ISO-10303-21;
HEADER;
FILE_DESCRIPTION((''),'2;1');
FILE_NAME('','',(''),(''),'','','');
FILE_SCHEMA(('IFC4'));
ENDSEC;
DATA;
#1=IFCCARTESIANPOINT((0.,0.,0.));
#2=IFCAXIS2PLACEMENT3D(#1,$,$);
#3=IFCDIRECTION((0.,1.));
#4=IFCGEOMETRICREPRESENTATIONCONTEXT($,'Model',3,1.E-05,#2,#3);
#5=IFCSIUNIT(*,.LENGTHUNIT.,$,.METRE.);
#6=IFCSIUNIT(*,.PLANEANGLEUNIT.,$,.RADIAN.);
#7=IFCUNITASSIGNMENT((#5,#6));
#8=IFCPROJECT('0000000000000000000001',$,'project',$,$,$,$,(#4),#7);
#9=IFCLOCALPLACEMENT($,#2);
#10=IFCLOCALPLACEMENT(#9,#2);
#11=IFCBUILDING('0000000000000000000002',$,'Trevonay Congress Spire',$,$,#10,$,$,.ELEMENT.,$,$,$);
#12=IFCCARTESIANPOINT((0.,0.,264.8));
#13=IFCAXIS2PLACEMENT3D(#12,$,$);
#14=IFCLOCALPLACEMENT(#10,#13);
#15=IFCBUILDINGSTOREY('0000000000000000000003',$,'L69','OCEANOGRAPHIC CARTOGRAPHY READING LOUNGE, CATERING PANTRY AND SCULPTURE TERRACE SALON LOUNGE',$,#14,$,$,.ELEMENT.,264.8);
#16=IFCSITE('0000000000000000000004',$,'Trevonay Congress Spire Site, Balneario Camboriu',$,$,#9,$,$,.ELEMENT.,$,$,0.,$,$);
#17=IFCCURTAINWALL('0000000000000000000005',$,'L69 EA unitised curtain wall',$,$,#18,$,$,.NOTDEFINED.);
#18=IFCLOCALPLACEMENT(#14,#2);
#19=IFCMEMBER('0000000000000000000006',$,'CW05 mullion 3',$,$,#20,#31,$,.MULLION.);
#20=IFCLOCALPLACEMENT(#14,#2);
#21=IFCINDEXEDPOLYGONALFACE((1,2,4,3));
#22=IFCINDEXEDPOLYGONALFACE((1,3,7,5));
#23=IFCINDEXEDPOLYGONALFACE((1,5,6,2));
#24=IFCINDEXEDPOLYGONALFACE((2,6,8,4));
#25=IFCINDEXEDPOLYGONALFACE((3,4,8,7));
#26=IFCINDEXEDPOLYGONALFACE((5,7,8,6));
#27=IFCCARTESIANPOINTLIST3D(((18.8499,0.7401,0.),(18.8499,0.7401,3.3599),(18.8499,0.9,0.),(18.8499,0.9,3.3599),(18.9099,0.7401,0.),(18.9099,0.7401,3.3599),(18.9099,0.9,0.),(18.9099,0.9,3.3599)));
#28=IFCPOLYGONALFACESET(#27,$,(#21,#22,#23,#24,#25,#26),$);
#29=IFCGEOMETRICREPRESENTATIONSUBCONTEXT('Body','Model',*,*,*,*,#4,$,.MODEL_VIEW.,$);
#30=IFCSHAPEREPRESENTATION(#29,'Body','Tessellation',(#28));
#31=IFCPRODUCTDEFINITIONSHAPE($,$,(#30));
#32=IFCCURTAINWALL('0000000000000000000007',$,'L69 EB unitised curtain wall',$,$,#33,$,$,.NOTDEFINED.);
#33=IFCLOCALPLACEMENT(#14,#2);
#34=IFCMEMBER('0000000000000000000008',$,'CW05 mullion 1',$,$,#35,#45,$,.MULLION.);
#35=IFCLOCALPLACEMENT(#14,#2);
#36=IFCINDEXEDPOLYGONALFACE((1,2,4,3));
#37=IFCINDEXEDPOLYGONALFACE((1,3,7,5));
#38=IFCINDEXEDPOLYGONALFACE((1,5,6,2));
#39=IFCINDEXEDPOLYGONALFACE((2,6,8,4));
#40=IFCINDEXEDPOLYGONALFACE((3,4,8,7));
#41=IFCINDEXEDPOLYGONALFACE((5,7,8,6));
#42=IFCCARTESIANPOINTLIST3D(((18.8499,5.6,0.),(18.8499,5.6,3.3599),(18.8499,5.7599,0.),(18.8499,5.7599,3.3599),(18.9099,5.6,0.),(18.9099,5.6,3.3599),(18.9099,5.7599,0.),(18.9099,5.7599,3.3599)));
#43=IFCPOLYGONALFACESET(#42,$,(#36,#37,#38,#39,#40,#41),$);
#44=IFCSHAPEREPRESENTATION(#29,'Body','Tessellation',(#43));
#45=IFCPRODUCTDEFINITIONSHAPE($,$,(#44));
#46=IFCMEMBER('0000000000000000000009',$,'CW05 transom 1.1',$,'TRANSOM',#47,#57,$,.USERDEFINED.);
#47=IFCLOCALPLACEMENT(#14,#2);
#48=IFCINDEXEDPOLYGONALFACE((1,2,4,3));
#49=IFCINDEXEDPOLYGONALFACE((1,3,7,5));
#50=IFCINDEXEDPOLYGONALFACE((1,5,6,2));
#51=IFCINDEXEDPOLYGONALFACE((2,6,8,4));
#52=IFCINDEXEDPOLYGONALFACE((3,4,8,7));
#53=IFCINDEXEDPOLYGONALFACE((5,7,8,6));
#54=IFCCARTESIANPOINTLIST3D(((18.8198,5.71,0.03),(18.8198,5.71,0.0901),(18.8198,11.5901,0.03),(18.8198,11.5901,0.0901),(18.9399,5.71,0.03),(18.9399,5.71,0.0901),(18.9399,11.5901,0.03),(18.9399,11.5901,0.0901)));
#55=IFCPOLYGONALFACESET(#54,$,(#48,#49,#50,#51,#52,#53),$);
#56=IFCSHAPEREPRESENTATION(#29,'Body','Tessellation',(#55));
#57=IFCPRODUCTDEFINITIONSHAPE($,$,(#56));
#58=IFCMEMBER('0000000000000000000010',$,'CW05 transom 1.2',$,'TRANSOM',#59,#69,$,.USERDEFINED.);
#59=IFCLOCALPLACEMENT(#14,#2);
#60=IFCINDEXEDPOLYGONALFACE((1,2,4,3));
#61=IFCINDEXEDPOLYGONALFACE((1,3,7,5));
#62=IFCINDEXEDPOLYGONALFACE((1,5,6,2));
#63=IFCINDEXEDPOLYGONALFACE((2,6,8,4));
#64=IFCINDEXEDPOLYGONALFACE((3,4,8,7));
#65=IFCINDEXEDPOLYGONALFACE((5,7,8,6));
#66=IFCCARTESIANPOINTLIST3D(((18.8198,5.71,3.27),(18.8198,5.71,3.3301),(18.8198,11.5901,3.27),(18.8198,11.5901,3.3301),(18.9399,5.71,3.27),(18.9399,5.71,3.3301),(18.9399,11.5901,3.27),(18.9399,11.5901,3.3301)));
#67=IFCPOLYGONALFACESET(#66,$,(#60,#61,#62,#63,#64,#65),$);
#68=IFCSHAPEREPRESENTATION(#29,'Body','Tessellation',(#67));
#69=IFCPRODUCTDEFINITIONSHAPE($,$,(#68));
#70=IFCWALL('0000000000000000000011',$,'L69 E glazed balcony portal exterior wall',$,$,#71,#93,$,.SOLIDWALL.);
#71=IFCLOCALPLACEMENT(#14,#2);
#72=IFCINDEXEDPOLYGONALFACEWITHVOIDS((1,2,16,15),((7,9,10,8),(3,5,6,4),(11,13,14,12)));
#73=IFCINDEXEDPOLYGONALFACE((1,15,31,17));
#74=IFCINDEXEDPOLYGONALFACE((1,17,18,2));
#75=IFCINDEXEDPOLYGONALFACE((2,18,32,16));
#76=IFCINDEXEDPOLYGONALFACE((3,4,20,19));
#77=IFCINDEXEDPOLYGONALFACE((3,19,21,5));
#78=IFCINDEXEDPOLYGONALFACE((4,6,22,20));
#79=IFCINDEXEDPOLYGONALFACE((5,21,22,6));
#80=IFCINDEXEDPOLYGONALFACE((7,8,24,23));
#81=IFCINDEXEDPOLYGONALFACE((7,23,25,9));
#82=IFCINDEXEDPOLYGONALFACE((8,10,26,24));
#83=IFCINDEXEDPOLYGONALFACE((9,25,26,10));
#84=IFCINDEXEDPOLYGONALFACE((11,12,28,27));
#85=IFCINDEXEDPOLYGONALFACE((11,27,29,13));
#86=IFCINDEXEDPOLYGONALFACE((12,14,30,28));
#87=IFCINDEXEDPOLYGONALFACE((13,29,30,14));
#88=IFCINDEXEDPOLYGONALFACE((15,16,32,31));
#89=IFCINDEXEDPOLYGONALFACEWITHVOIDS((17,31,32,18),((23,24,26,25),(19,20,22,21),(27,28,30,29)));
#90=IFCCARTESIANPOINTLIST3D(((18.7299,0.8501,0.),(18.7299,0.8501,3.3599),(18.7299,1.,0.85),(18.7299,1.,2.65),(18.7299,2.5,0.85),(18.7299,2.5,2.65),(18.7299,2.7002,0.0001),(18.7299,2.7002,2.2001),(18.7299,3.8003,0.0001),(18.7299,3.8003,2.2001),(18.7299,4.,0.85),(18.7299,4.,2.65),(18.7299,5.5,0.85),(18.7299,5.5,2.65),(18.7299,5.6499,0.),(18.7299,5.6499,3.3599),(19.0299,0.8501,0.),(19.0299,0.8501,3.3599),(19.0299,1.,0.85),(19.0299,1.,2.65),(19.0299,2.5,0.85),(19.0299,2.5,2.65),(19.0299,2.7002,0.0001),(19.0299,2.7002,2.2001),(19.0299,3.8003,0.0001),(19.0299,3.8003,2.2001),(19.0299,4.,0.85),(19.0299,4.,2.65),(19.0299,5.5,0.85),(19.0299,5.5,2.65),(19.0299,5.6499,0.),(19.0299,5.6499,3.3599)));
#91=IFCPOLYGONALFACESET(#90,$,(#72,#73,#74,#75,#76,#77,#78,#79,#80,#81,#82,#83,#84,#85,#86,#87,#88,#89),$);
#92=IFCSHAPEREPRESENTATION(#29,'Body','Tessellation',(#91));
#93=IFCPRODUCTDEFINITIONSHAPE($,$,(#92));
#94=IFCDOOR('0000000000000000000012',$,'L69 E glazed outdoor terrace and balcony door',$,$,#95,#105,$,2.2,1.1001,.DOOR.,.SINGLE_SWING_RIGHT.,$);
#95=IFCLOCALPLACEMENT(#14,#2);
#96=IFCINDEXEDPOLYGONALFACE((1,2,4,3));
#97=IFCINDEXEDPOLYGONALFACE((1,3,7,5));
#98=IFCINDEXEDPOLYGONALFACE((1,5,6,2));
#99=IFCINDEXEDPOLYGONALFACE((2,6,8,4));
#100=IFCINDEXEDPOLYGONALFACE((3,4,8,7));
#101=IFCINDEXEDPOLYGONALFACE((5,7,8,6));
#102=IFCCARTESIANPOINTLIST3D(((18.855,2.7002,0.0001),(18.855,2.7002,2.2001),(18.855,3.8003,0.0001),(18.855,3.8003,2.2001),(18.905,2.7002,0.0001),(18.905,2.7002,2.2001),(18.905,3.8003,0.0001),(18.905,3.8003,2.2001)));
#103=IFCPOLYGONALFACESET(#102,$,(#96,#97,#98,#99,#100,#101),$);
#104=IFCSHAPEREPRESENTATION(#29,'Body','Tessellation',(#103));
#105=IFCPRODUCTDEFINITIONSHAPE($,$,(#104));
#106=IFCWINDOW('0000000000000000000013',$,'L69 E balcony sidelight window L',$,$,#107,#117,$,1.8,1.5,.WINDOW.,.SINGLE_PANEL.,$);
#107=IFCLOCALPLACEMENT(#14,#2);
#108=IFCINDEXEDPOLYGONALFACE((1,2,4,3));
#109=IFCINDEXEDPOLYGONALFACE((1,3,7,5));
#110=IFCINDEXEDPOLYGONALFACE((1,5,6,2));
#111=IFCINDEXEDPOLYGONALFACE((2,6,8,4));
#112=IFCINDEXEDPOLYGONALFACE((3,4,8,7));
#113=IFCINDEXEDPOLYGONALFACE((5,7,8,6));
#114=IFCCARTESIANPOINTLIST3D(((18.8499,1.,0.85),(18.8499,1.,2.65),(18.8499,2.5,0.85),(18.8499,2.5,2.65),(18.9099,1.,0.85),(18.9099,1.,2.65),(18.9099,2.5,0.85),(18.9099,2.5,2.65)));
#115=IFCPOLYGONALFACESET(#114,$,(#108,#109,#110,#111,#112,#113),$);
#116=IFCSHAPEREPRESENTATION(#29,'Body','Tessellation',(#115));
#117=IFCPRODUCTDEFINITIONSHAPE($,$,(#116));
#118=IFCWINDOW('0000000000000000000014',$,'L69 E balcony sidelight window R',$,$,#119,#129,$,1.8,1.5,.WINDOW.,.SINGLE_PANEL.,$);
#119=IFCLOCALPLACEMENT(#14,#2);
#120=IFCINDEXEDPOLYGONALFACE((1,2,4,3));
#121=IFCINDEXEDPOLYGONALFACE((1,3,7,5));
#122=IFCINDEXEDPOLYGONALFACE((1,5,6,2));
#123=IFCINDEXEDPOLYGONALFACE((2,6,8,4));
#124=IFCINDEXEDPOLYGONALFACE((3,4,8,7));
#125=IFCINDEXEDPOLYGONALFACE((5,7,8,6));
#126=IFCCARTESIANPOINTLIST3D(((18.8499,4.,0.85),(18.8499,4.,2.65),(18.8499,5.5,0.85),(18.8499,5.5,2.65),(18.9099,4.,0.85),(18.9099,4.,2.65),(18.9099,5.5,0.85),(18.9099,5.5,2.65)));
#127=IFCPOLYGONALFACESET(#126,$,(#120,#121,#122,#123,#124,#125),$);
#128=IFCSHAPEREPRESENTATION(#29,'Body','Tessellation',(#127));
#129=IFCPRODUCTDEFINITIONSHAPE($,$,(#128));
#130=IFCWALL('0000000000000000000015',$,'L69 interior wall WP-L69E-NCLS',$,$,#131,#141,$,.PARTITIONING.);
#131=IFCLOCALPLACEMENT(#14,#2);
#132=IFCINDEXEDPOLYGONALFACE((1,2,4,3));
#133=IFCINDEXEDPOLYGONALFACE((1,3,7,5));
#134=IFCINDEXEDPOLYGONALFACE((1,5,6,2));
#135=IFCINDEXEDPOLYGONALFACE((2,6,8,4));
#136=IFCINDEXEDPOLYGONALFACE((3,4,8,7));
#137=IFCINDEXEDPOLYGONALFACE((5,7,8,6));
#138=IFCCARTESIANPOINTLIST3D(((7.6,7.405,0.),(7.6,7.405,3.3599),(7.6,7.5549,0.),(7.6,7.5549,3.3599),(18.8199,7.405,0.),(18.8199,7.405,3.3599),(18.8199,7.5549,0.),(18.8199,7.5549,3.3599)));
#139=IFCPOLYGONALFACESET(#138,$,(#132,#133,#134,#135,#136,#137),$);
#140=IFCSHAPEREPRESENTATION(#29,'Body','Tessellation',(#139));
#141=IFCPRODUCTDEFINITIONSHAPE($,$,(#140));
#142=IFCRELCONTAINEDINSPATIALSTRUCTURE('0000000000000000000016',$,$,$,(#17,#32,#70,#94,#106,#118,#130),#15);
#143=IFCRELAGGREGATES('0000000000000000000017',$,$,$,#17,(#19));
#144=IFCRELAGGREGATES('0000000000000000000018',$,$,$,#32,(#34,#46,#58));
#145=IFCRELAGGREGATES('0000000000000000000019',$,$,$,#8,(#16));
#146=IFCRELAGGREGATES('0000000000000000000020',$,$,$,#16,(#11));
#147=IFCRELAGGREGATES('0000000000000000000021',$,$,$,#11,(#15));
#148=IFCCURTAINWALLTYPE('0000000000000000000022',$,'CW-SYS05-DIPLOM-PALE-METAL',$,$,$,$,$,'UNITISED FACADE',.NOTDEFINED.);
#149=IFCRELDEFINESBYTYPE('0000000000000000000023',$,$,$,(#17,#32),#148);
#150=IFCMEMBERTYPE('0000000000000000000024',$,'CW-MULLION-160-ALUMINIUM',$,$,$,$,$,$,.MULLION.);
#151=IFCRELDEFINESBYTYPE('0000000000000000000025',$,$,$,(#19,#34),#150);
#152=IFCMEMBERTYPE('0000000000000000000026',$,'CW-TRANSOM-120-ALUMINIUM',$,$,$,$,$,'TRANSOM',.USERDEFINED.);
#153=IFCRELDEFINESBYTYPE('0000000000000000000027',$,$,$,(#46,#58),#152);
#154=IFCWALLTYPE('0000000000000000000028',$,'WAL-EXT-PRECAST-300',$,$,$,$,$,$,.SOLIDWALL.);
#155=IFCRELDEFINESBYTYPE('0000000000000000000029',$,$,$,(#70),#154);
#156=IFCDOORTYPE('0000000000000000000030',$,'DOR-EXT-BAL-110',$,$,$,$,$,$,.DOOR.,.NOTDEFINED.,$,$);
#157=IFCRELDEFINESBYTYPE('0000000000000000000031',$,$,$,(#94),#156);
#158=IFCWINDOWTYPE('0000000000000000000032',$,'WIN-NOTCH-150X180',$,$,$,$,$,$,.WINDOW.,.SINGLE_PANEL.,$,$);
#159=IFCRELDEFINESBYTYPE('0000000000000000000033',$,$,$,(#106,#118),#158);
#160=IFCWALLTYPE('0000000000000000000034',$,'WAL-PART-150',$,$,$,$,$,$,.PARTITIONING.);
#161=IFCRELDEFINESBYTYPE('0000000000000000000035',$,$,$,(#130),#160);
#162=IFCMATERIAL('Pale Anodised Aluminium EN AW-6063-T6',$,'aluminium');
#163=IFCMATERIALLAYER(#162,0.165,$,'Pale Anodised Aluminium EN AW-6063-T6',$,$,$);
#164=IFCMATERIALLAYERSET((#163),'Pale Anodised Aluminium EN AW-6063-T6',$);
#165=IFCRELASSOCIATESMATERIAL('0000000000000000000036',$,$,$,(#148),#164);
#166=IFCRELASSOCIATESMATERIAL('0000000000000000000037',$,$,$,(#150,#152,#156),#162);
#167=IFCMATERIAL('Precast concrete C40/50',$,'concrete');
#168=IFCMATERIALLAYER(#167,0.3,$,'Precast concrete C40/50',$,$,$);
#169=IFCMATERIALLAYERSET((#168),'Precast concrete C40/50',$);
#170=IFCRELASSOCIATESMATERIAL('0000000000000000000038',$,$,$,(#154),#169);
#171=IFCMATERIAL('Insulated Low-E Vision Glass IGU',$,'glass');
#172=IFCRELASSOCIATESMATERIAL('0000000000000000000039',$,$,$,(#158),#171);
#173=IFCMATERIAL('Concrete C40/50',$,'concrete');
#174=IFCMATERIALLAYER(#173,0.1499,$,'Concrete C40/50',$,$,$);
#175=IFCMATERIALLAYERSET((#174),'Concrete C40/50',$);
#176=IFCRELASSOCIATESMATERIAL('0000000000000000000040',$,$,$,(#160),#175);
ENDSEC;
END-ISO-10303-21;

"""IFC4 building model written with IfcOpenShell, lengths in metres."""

from ifc_helpers import new_model, si_unit, direction, frame, frame_2d, origin, origin_2d, place, context, subcontext, project, spatial, rectangle, extrude, material, layer, layer_set, material_profile, profile_set, type_object, element, fill, aggregate, save


model = new_model("IFC4")

# Units and contexts
model_context = context("Model", 3, precision=1e-05, world=origin(), true_north=direction((0.0, 1.0)))
body_context = subcontext(model_context, "Body", "Model", "MODEL_VIEW")
ifc_project = project(units=[si_unit("LENGTHUNIT", "METRE"), si_unit("PLANEANGLEUNIT", "RADIAN")], contexts=[model_context])

# Site, building, storey
site_placement = place(None, origin())
site = spatial("IfcSite", under=ifc_project, at=site_placement, Name="Trevonay Congress Spire Site, Balneario Camboriu", CompositionType="ELEMENT", RefElevation=0.0)
building_placement = place(site_placement, origin())
building = spatial("IfcBuilding", under=site, at=building_placement, Name="Trevonay Congress Spire", CompositionType="ELEMENT")
storey_placement = place(building_placement, frame((0.0, 0.0, 264.8)))
storey = spatial("IfcBuildingStorey", under=building, at=storey_placement, Name="L69", Description="OCEANOGRAPHIC CARTOGRAPHY READING LOUNGE, CATERING PANTRY AND SCULPTURE TERRACE SALON LOUNGE", CompositionType="ELEMENT", Elevation=264.8)

# Curtain wall, member
ifc_material_1 = material(Name="Pale Anodised Aluminium EN AW-6063-T6", Category="aluminium")
ifc_layer_1 = layer(ifc_material_1, 0.165, Name="Pale Anodised Aluminium EN AW-6063-T6")
ifc_layer_set_1 = layer_set([ifc_layer_1], Name="Pale Anodised Aluminium EN AW-6063-T6")
curtain_wall_type = type_object("IfcCurtainWallType", Name="CW-SYS05-DIPLOM-PALE-METAL", ElementType="UNITISED FACADE", PredefinedType="NOTDEFINED", material=ifc_layer_set_1)
curtain_wall_1_placement = place(storey_placement, origin())
curtain_wall_1 = element("IfcCurtainWall", 1, at=curtain_wall_1_placement, inside=storey, type_object=curtain_wall_type, Name="L69 EA unitised curtain wall", PredefinedType="NOTDEFINED")
ifc_material_profile_1 = material_profile(ifc_material_1, rectangle(XDim=0.0601, YDim=0.1599, at=origin_2d()), Name="CW-MULLION-160-ALUMINIUM")
ifc_profile_set_1 = profile_set([ifc_material_profile_1], Name="Pale Anodised Aluminium EN AW-6063-T6")
member_type_1 = type_object("IfcMemberType", Name="CW-MULLION-160-ALUMINIUM", PredefinedType="MULLION", material=ifc_profile_set_1)
member_1_placement = place(storey_placement, frame((18.8799, 0.8201, 0.0), z_axis=(0.0, 0.0, 1.0), x_axis=(-1.0, 0.0, 0.0)))
member_1 = element("IfcMember", 2, at=member_1_placement, type_object=member_type_1, Name="CW05 mullion 3", PredefinedType="MULLION", context=body_context, shape_type="SweptSolid", body=[
    extrude(rectangle(XDim=0.0601, YDim=0.1599, at=origin_2d()), origin(), (0.0, 0.0, 1.0), 3.3599),
])
aggregate(curtain_wall_1, [member_1])

# Curtain wall, members
curtain_wall_2_placement = place(storey_placement, origin())
curtain_wall_2 = element("IfcCurtainWall", 3, at=curtain_wall_2_placement, inside=storey, type_object=curtain_wall_type, Name="L69 EB unitised curtain wall", PredefinedType="NOTDEFINED")
member_2_placement = place(storey_placement, frame((18.8799, 5.6799, 0.0), z_axis=(0.0, 0.0, 1.0), x_axis=(-1.0, 0.0, 0.0)))
member_2 = element("IfcMember", 4, at=member_2_placement, type_object=member_type_1, Name="CW05 mullion 1", PredefinedType="MULLION", context=body_context, shape_type="SweptSolid", body=[
    extrude(rectangle(XDim=0.0601, YDim=0.1599, at=origin_2d()), origin(), (0.0, 0.0, 1.0), 3.3599),
])
ifc_material_profile_2 = material_profile(ifc_material_1, rectangle(XDim=0.1201, YDim=0.0601, at=origin_2d()), Name="CW-TRANSOM-120-ALUMINIUM")
ifc_profile_set_2 = profile_set([ifc_material_profile_2], Name="Pale Anodised Aluminium EN AW-6063-T6")
member_type_2 = type_object("IfcMemberType", Name="CW-TRANSOM-120-ALUMINIUM", ElementType="TRANSOM", PredefinedType="USERDEFINED", material=ifc_profile_set_2)
member_3_placement = place(storey_placement, frame((18.8799, 5.71, 0.0601), z_axis=(0.0, 1.0, 0.0), x_axis=(-1.0, 0.0, 0.0)))
member_3 = element("IfcMember", 5, at=member_3_placement, type_object=member_type_2, Name="CW05 transom 1.1", ObjectType="TRANSOM", PredefinedType="USERDEFINED", context=body_context, shape_type="SweptSolid", body=[
    extrude(rectangle(XDim=0.1201, YDim=0.0601, at=origin_2d()), origin(), (0.0, 0.0, 1.0), 5.8801),
])
member_4_placement = place(storey_placement, frame((18.8799, 5.71, 3.3), z_axis=(0.0, 1.0, 0.0), x_axis=(-1.0, 0.0, 0.0)))
member_4 = element("IfcMember", 6, at=member_4_placement, type_object=member_type_2, Name="CW05 transom 1.2", ObjectType="TRANSOM", PredefinedType="USERDEFINED", context=body_context, shape_type="SweptSolid", body=[
    extrude(rectangle(XDim=0.1201, YDim=0.0601, at=origin_2d()), origin(), (0.0, 0.0, 1.0), 5.8801),
])
aggregate(curtain_wall_2, [member_2, member_3, member_4])

# Wall, openings, door, windows
ifc_material_2 = material(Name="Precast concrete C40/50", Category="concrete")
ifc_layer_2 = layer(ifc_material_2, 0.3, Name="Precast concrete C40/50")
ifc_layer_set_2 = layer_set([ifc_layer_2], Name="Precast concrete C40/50")
wall_type_1 = type_object("IfcWallType", Name="WAL-EXT-PRECAST-300", PredefinedType="SOLIDWALL", material=ifc_layer_set_2)
wall_1_placement = place(storey_placement, frame((18.8799, 0.8501, 0.0), z_axis=(0.0, 0.0, 1.0), x_axis=(0.0, 1.0, 0.0)))
wall_1 = element("IfcWall", 7, at=wall_1_placement, inside=storey, type_object=wall_type_1, Name="L69 E glazed balcony portal exterior wall", PredefinedType="SOLIDWALL", context=body_context, shape_type="SweptSolid", body=[
    extrude(rectangle(XDim=4.7998, YDim=0.3, at=frame_2d((2.3999, 0.0))), origin(), (0.0, 0.0, 1.0), 3.3599),
])
opening_1_placement = place(wall_1_placement, frame((1.8501, 0.0, 0.0)))
opening_1 = element("IfcOpeningElement", 8, at=opening_1_placement, cuts=wall_1, PredefinedType="OPENING", context=body_context, shape_type="SweptSolid", body=[
    extrude(rectangle(XDim=1.1001, YDim=2.2, at=frame_2d((0.55, 1.1001))), frame((0.0, 0.1602, 0.0), z_axis=(0.0, -1.0, 0.0), x_axis=(1.0, 0.0, 0.0)), (0.0, 0.0, 1.0), 0.3201),
])
opening_2_placement = place(wall_1_placement, frame((0.1499, 0.0, 0.8501)))
opening_2 = element("IfcOpeningElement", 9, at=opening_2_placement, cuts=wall_1, PredefinedType="OPENING", context=body_context, shape_type="SweptSolid", body=[
    extrude(rectangle(XDim=1.5, YDim=1.8, at=frame_2d((0.75, 0.8999))), frame((0.0, 0.1602, 0.0), z_axis=(0.0, -1.0, 0.0), x_axis=(1.0, 0.0, 0.0)), (0.0, 0.0, 1.0), 0.3201),
])
opening_3_placement = place(wall_1_placement, frame((3.1499, 0.0, 0.8501)))
opening_3 = element("IfcOpeningElement", 10, at=opening_3_placement, cuts=wall_1, PredefinedType="OPENING", context=body_context, shape_type="SweptSolid", body=[
    extrude(rectangle(XDim=1.5, YDim=1.8, at=frame_2d((0.75, 0.8999))), frame((0.0, 0.1602, 0.0), z_axis=(0.0, -1.0, 0.0), x_axis=(1.0, 0.0, 0.0)), (0.0, 0.0, 1.0), 0.3201),
])
door_type = type_object("IfcDoorType", Name="DOR-EXT-BAL-110", OperationType="NOTDEFINED", PredefinedType="DOOR", material=ifc_material_1)
door_placement = place(opening_1_placement, origin())
door = element("IfcDoor", 11, at=door_placement, inside=storey, type_object=door_type, Name="L69 E glazed outdoor terrace and balcony door", OperationType="SINGLE_SWING_RIGHT", OverallHeight=2.2, OverallWidth=1.1001, PredefinedType="DOOR", context=body_context, shape_type="SweptSolid", body=[
    extrude(rectangle(XDim=1.1001, YDim=2.2, at=frame_2d((0.55, 1.1001))), frame((0.0, 0.0249, 0.0), z_axis=(0.0, -1.0, 0.0), x_axis=(1.0, 0.0, 0.0)), (0.0, 0.0, 1.0), 0.05),
])
fill(opening_1, door)
ifc_material_3 = material(Name="Insulated Low-E Vision Glass IGU", Category="glass")
window_type = type_object("IfcWindowType", Name="WIN-NOTCH-150X180", PartitioningType="SINGLE_PANEL", PredefinedType="WINDOW", material=ifc_material_3)
window_1_placement = place(opening_2_placement, origin())
window_1 = element("IfcWindow", 12, at=window_1_placement, inside=storey, type_object=window_type, Name="L69 E balcony sidelight window L", OverallHeight=1.8, OverallWidth=1.5, PartitioningType="SINGLE_PANEL", PredefinedType="WINDOW", context=body_context, shape_type="SweptSolid", body=[
    extrude(rectangle(XDim=1.5, YDim=1.8, at=frame_2d((0.75, 0.8999))), frame((0.0, 0.03, 0.0), z_axis=(0.0, -1.0, 0.0), x_axis=(1.0, 0.0, 0.0)), (0.0, 0.0, 1.0), 0.0601),
])
fill(opening_2, window_1)
window_2_placement = place(opening_3_placement, origin())
window_2 = element("IfcWindow", 13, at=window_2_placement, inside=storey, type_object=window_type, Name="L69 E balcony sidelight window R", OverallHeight=1.8, OverallWidth=1.5, PartitioningType="SINGLE_PANEL", PredefinedType="WINDOW", context=body_context, shape_type="SweptSolid", body=[
    extrude(rectangle(XDim=1.5, YDim=1.8, at=frame_2d((0.75, 0.8999))), frame((0.0, 0.03, 0.0), z_axis=(0.0, -1.0, 0.0), x_axis=(1.0, 0.0, 0.0)), (0.0, 0.0, 1.0), 0.0601),
])
fill(opening_3, window_2)

# Wall
ifc_material_4 = material(Name="Concrete C40/50", Category="concrete")
ifc_layer_3 = layer(ifc_material_4, 0.1499, Name="Concrete C40/50")
ifc_layer_set_3 = layer_set([ifc_layer_3], Name="Concrete C40/50")
wall_type_2 = type_object("IfcWallType", Name="WAL-PART-150", PredefinedType="PARTITIONING", material=ifc_layer_set_3)
wall_2_placement = place(storey_placement, frame((7.6001, 7.48, 0.0), z_axis=(0.0, 0.0, 1.0), x_axis=(1.0, 0.0, 0.0)))
element("IfcWall", 14, at=wall_2_placement, inside=storey, type_object=wall_type_2, Name="L69 interior wall WP-L69E-NCLS", PredefinedType="PARTITIONING", context=body_context, shape_type="SweptSolid", body=[
    extrude(rectangle(XDim=11.22, YDim=0.1499, at=frame_2d((5.6099, 0.0))), origin(), (0.0, 0.0, 1.0), 3.3599),
])

save(model, "model.ifc")
